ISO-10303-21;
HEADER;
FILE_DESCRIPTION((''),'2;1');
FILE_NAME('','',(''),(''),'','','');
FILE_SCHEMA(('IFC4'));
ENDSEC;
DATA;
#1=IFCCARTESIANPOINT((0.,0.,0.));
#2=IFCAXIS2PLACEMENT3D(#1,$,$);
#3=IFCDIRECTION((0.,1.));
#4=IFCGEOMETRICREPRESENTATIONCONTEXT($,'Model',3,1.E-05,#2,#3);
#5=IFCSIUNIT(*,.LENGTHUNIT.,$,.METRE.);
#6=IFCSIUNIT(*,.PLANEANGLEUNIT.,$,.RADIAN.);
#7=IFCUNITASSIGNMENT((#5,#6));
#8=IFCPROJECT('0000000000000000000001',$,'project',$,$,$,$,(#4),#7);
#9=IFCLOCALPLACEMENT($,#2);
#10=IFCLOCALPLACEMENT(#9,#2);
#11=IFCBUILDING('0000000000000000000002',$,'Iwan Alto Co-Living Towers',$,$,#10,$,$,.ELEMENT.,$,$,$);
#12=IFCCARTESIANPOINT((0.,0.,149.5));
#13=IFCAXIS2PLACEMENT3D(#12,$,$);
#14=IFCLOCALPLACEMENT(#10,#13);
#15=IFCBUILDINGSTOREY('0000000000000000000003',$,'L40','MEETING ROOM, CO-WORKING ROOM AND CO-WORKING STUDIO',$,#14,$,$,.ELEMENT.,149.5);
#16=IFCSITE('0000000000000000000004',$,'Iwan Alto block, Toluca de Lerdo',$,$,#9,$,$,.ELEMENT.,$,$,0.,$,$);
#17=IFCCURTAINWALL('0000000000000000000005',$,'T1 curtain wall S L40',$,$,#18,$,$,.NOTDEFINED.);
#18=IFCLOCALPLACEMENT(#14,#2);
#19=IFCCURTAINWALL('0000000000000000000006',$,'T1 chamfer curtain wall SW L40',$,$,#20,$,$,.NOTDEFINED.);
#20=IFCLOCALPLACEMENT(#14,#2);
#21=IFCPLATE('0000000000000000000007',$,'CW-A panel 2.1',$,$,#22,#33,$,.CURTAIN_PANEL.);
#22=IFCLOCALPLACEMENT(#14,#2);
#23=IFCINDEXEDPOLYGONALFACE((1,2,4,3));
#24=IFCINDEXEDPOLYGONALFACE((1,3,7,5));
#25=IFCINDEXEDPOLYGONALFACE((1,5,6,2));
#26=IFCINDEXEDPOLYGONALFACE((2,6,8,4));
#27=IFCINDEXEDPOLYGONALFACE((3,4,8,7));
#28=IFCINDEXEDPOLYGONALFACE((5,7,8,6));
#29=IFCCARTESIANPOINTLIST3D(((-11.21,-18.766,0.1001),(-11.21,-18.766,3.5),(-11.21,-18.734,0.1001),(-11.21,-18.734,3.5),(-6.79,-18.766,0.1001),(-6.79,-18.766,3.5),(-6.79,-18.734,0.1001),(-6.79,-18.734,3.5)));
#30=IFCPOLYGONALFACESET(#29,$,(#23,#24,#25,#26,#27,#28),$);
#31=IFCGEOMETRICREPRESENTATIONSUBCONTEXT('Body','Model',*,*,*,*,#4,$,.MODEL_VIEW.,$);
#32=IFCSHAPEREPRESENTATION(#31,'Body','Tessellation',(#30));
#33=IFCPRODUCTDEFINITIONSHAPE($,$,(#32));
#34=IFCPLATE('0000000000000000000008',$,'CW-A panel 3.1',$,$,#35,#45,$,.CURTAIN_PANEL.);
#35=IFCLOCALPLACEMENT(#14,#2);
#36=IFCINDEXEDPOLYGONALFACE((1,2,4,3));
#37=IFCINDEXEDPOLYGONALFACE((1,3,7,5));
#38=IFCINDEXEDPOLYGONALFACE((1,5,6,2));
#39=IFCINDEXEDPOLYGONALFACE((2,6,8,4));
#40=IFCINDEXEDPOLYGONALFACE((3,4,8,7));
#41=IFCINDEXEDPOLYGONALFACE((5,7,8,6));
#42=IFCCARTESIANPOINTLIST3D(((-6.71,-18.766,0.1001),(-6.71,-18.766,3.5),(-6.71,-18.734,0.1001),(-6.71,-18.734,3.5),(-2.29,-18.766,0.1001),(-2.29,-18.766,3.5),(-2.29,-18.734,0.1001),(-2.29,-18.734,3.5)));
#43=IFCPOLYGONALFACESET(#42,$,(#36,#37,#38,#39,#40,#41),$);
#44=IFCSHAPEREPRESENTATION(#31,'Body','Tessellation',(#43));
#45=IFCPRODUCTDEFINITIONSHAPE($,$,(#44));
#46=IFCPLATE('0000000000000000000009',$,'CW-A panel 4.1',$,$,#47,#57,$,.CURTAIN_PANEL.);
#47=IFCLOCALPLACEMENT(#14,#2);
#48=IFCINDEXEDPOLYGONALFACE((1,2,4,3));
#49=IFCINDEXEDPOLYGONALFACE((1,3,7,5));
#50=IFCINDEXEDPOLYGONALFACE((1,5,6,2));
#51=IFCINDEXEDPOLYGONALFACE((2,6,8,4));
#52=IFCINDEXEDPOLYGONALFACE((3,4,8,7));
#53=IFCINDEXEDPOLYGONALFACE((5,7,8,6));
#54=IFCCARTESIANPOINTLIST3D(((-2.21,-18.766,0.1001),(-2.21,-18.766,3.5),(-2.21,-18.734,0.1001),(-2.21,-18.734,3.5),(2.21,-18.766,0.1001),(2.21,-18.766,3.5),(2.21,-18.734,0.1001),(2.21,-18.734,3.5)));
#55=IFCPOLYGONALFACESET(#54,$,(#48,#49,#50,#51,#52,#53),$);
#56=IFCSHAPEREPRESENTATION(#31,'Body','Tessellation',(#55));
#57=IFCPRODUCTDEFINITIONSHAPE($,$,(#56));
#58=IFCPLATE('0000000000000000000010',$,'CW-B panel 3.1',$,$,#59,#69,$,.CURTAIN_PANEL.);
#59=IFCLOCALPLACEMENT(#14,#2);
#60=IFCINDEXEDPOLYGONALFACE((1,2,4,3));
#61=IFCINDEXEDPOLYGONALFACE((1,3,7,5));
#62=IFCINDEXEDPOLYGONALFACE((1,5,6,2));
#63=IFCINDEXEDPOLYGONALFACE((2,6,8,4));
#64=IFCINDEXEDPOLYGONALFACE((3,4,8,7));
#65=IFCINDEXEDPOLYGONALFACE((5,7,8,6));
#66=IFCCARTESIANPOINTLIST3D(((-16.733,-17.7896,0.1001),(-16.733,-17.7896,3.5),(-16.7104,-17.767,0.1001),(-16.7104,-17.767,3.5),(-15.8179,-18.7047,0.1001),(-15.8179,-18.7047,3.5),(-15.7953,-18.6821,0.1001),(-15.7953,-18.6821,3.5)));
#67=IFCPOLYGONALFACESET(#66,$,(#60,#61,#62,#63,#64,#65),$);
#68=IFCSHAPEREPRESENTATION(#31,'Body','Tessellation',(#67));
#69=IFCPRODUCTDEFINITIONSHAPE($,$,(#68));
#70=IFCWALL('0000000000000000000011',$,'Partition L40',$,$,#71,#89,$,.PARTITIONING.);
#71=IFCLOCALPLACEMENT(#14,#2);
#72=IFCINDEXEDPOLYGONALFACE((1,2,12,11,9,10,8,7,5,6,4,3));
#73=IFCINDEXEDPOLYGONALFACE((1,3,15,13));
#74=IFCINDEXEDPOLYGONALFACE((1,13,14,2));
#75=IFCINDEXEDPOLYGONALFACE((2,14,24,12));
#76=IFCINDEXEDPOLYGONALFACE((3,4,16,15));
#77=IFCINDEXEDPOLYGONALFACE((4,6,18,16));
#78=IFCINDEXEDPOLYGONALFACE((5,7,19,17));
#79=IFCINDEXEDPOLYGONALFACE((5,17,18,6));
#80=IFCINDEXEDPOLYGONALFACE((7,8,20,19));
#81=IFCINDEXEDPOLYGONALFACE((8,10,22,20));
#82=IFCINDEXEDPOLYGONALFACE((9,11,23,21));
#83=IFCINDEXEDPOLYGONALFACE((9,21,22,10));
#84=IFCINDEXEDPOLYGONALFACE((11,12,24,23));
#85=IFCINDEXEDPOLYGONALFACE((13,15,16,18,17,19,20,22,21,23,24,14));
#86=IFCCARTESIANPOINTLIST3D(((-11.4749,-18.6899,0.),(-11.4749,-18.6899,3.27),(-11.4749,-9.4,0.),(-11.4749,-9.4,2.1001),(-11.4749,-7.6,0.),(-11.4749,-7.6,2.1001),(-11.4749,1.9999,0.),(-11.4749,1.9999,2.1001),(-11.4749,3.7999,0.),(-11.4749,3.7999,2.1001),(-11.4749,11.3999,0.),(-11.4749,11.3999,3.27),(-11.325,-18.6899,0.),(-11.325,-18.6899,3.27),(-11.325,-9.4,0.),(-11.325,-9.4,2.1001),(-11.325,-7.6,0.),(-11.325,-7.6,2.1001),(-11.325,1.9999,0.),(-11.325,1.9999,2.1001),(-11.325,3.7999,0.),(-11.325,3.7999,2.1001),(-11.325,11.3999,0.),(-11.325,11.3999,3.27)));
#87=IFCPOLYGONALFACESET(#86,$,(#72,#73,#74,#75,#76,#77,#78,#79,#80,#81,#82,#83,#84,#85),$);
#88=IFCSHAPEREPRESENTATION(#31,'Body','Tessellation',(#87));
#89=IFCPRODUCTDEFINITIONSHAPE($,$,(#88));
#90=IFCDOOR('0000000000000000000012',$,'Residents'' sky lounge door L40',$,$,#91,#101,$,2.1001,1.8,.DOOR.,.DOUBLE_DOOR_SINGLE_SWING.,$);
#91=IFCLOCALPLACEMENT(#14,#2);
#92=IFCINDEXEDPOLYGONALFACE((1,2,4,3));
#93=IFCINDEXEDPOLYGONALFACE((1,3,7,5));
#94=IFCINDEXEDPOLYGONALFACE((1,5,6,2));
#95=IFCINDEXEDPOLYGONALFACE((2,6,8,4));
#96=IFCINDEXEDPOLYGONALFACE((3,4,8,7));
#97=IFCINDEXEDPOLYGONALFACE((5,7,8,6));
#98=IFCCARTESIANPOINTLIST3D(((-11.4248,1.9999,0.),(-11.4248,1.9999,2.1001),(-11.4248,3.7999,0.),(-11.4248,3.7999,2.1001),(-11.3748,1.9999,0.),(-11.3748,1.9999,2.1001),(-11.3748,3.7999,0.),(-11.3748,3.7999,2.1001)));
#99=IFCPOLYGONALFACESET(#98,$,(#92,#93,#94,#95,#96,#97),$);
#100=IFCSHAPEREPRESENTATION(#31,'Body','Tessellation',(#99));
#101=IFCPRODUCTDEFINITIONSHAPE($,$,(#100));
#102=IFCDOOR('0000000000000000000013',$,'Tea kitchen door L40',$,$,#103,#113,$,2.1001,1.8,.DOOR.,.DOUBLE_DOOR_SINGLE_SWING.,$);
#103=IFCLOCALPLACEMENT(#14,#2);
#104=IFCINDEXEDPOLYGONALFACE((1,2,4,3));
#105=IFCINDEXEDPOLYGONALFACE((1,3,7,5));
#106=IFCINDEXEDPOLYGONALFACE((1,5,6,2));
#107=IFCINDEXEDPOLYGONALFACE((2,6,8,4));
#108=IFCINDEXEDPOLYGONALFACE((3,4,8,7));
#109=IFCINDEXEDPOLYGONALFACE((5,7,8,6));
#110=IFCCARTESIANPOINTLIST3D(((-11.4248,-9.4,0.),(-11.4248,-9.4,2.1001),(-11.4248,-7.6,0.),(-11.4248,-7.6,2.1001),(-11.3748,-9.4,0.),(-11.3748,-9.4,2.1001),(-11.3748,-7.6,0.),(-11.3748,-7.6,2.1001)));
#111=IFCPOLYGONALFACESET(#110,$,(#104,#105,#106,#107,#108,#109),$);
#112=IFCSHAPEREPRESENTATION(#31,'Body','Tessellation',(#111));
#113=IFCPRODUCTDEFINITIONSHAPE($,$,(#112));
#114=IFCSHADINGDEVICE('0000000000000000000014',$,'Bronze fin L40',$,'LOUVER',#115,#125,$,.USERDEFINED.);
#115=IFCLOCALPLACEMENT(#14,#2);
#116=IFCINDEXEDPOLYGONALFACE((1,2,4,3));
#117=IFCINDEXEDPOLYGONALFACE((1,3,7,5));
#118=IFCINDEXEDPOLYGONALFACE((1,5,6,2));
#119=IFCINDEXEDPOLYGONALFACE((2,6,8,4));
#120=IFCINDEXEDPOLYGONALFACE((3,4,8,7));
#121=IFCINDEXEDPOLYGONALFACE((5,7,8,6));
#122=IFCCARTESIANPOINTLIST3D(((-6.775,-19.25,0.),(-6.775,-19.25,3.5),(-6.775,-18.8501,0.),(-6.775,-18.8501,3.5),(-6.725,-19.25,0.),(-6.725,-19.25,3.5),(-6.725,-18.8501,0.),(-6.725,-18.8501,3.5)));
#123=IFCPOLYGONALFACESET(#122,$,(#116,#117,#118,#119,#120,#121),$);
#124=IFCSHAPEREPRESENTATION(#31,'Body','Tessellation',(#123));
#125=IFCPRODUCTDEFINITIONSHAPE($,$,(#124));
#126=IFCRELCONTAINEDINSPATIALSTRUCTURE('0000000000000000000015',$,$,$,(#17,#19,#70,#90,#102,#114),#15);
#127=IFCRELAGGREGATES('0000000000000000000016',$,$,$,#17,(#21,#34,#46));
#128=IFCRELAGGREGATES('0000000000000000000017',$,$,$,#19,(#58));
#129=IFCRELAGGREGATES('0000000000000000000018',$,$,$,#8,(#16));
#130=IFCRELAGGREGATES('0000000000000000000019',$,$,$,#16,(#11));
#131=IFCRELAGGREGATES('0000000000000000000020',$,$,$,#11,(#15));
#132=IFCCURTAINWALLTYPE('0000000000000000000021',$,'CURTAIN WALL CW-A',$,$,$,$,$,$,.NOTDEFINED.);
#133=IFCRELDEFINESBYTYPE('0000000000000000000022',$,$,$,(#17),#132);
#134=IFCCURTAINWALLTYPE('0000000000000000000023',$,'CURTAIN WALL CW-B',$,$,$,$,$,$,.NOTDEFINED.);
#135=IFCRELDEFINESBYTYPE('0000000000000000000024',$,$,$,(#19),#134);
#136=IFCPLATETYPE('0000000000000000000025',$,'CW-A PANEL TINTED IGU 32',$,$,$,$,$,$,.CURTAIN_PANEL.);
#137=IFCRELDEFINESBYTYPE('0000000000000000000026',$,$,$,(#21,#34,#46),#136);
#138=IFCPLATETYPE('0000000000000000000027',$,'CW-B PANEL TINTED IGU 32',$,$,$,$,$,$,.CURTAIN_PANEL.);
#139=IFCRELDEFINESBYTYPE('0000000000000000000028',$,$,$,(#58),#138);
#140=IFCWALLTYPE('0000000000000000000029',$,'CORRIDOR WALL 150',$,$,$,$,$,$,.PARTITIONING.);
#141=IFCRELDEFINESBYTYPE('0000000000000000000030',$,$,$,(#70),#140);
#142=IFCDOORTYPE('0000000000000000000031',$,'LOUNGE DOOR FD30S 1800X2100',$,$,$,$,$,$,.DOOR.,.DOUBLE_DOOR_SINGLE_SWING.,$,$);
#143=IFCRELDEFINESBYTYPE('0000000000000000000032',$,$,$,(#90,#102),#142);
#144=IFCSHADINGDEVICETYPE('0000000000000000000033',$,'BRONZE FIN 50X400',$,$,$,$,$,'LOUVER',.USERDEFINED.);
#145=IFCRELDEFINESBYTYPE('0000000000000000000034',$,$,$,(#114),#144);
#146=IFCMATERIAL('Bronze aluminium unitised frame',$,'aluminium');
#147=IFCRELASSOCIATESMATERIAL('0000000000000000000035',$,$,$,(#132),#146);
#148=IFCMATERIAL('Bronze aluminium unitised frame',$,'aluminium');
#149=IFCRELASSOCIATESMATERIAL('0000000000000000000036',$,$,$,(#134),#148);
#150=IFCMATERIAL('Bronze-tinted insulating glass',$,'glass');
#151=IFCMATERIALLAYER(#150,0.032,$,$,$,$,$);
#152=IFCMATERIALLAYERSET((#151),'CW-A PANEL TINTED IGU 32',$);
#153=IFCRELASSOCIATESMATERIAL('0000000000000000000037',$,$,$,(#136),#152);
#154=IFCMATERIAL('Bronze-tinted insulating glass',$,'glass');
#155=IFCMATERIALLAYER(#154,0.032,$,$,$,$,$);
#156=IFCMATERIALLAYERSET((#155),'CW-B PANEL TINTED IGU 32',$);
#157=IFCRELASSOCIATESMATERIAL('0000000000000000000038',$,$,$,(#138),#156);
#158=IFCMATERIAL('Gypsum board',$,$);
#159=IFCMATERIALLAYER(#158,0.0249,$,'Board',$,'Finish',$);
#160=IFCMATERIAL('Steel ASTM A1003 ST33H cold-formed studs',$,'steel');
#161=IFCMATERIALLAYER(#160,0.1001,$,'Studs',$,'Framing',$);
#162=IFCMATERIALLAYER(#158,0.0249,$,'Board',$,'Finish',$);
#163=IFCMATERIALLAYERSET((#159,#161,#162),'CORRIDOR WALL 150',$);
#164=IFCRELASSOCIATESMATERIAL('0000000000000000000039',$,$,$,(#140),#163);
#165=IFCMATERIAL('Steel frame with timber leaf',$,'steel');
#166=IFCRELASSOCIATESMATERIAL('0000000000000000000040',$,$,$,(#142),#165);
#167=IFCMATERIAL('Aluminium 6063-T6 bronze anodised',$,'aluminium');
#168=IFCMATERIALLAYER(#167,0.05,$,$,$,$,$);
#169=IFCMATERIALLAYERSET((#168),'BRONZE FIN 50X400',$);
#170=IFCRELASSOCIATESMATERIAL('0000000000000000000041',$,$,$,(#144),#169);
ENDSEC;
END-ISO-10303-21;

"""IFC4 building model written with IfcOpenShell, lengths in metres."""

from ifc_helpers import new_model, si_unit, direction, frame, frame_2d, origin, origin_2d, place, context, subcontext, project, spatial, rectangle, extrude, material, layer, layer_set, type_object, element, fill, aggregate, save


model = new_model("IFC4")

# Units and contexts
model_context = context("Model", 3, precision=1e-05, world=origin(), true_north=direction((0.0, 1.0)))
body_context = subcontext(model_context, "Body", "Model", "MODEL_VIEW")
ifc_project = project(units=[si_unit("LENGTHUNIT", "METRE"), si_unit("PLANEANGLEUNIT", "RADIAN")], contexts=[model_context])

# Site, building, storey
site_placement = place(None, origin())
site = spatial("IfcSite", under=ifc_project, at=site_placement, Name="Iwan Alto block, Toluca de Lerdo", CompositionType="ELEMENT", RefElevation=0.0)
building_placement = place(site_placement, origin())
building = spatial("IfcBuilding", under=site, at=building_placement, Name="Iwan Alto Co-Living Towers", CompositionType="ELEMENT")
storey_placement = place(building_placement, frame((0.0, 0.0, 149.5)))
storey = spatial("IfcBuildingStorey", under=building, at=storey_placement, Name="L40", Description="MEETING ROOM, CO-WORKING ROOM AND CO-WORKING STUDIO", CompositionType="ELEMENT", Elevation=149.5)

# Curtain wall
ifc_material_1 = material(Name="Bronze aluminium unitised frame", Category="aluminium")
curtain_wall_type_1 = type_object("IfcCurtainWallType", Name="CURTAIN WALL CW-A", PredefinedType="NOTDEFINED", material=ifc_material_1)
curtain_wall_1_placement = place(storey_placement, origin())
curtain_wall_1 = element("IfcCurtainWall", 1, at=curtain_wall_1_placement, inside=storey, type_object=curtain_wall_type_1, Name="T1 curtain wall S L40", PredefinedType="NOTDEFINED")

# Curtain wall
ifc_material_2 = material(Name="Bronze aluminium unitised frame", Category="aluminium")
curtain_wall_type_2 = type_object("IfcCurtainWallType", Name="CURTAIN WALL CW-B", PredefinedType="NOTDEFINED", material=ifc_material_2)
curtain_wall_2_placement = place(storey_placement, origin())
curtain_wall_2 = element("IfcCurtainWall", 2, at=curtain_wall_2_placement, inside=storey, type_object=curtain_wall_type_2, Name="T1 chamfer curtain wall SW L40", PredefinedType="NOTDEFINED")

# Plates
ifc_material_3 = material(Name="Bronze-tinted insulating glass", Category="glass")
ifc_layer_1 = layer(ifc_material_3, 0.032)
ifc_layer_set_1 = layer_set([ifc_layer_1], Name="CW-A PANEL TINTED IGU 32")
plate_type_1 = type_object("IfcPlateType", Name="CW-A PANEL TINTED IGU 32", PredefinedType="CURTAIN_PANEL", material=ifc_layer_set_1)
plate_1_placement = place(storey_placement, frame((-9.0, -18.75, 0.1001), z_axis=(0.0, 0.0, 1.0), x_axis=(1.0, 0.0, 0.0)))
plate_1 = element("IfcPlate", 3, at=plate_1_placement, type_object=plate_type_1, Name="CW-A panel 2.1", PredefinedType="CURTAIN_PANEL", context=body_context, shape_type="SweptSolid", body=[
    extrude(rectangle(XDim=4.4199, YDim=0.032, at=origin_2d()), origin(), (0.0, 0.0, 1.0), 3.3999),
])
plate_2_placement = place(storey_placement, frame((-4.5, -18.75, 0.1001), z_axis=(0.0, 0.0, 1.0), x_axis=(1.0, 0.0, 0.0)))
plate_2 = element("IfcPlate", 4, at=plate_2_placement, type_object=plate_type_1, Name="CW-A panel 3.1", PredefinedType="CURTAIN_PANEL", context=body_context, shape_type="SweptSolid", body=[
    extrude(rectangle(XDim=4.4199, YDim=0.032, at=origin_2d()), origin(), (0.0, 0.0, 1.0), 3.3999),
])
plate_3_placement = place(storey_placement, frame((0.0, -18.75, 0.1001), z_axis=(0.0, 0.0, 1.0), x_axis=(1.0, 0.0, 0.0)))
plate_3 = element("IfcPlate", 5, at=plate_3_placement, type_object=plate_type_1, Name="CW-A panel 4.1", PredefinedType="CURTAIN_PANEL", context=body_context, shape_type="SweptSolid", body=[
    extrude(rectangle(XDim=4.4199, YDim=0.032, at=origin_2d()), origin(), (0.0, 0.0, 1.0), 3.3999),
])
aggregate(curtain_wall_1, [plate_1, plate_2, plate_3])
ifc_material_4 = material(Name="Bronze-tinted insulating glass", Category="glass")
ifc_layer_2 = layer(ifc_material_4, 0.032)
ifc_layer_set_2 = layer_set([ifc_layer_2], Name="CW-B PANEL TINTED IGU 32")
plate_type_2 = type_object("IfcPlateType", Name="CW-B PANEL TINTED IGU 32", PredefinedType="CURTAIN_PANEL", material=ifc_layer_set_2)
plate_4_placement = place(storey_placement, frame((-16.2642, -18.2358, 0.1001), z_axis=(0.0, 0.0, 1.0), x_axis=(0.707107, -0.707107, 0.0)))
plate_4 = element("IfcPlate", 6, at=plate_4_placement, type_object=plate_type_2, Name="CW-B panel 3.1", PredefinedType="CURTAIN_PANEL", context=body_context, shape_type="SweptSolid", body=[
    extrude(rectangle(XDim=1.2942, YDim=0.032, at=origin_2d()), origin(), (0.0, 0.0, 1.0), 3.3999),
])
aggregate(curtain_wall_2, [plate_4])

# Wall, openings, doors
ifc_material_5 = material(Name="Gypsum board")
ifc_layer_3 = layer(ifc_material_5, 0.0249, Name="Board", Category="Finish")
ifc_material_6 = material(Name="Steel ASTM A1003 ST33H cold-formed studs", Category="steel")
ifc_layer_4 = layer(ifc_material_6, 0.1001, Name="Studs", Category="Framing")
ifc_layer_5 = layer(ifc_material_5, 0.0249, Name="Board", Category="Finish")
ifc_layer_set_3 = layer_set([ifc_layer_3, ifc_layer_4, ifc_layer_5], Name="CORRIDOR WALL 150")
wall_type = type_object("IfcWallType", Name="CORRIDOR WALL 150", PredefinedType="PARTITIONING", material=ifc_layer_set_3)
wall_placement = place(storey_placement, frame((-11.3999, -18.6899, 0.0), z_axis=(0.0, 0.0, 1.0), x_axis=(0.0, 1.0, 0.0)))
wall = element("IfcWall", 7, at=wall_placement, inside=storey, type_object=wall_type, Name="Partition L40", PredefinedType="PARTITIONING", context=body_context, shape_type="SweptSolid", body=[
    extrude(rectangle(XDim=30.0898, YDim=0.1499, at=frame_2d((15.0449, 0.0))), origin(), (0.0, 0.0, 1.0), 3.27),
])
opening_1_placement = place(wall_placement, frame((20.6899, 0.0, 0.0)))
opening_1 = element("IfcOpeningElement", 8, at=opening_1_placement, cuts=wall, PredefinedType="OPENING", context=body_context, shape_type="SweptSolid", body=[
    extrude(rectangle(XDim=1.8, YDim=2.1001, at=frame_2d((0.8999, 1.05))), frame((0.0, 0.085, 0.0), z_axis=(0.0, -1.0, 0.0), x_axis=(1.0, 0.0, 0.0)), (0.0, 0.0, 1.0), 0.1699),
])
opening_2_placement = place(wall_placement, frame((9.29, 0.0, 0.0)))
opening_2 = element("IfcOpeningElement", 9, at=opening_2_placement, cuts=wall, PredefinedType="OPENING", context=body_context, shape_type="SweptSolid", body=[
    extrude(rectangle(XDim=1.8, YDim=2.1001, at=frame_2d((0.8999, 1.05))), frame((0.0, 0.085, 0.0), z_axis=(0.0, -1.0, 0.0), x_axis=(1.0, 0.0, 0.0)), (0.0, 0.0, 1.0), 0.1699),
])
ifc_material_7 = material(Name="Steel frame with timber leaf", Category="steel")
door_type = type_object("IfcDoorType", Name="LOUNGE DOOR FD30S 1800X2100", OperationType="DOUBLE_DOOR_SINGLE_SWING", PredefinedType="DOOR", material=ifc_material_7)
door_1_placement = place(opening_1_placement, origin())
door_1 = element("IfcDoor", 10, at=door_1_placement, inside=storey, type_object=door_type, Name="Residents' sky lounge door L40", OperationType="DOUBLE_DOOR_SINGLE_SWING", OverallHeight=2.1001, OverallWidth=1.8, PredefinedType="DOOR", context=body_context, shape_type="SweptSolid", body=[
    extrude(rectangle(XDim=1.8, YDim=2.1001, at=frame_2d((0.8999, 1.05))), frame((0.0, 0.0249, 0.0), z_axis=(0.0, -1.0, 0.0), x_axis=(1.0, 0.0, 0.0)), (0.0, 0.0, 1.0), 0.05),
])
fill(opening_1, door_1)
door_2_placement = place(opening_2_placement, origin())
door_2 = element("IfcDoor", 11, at=door_2_placement, inside=storey, type_object=door_type, Name="Tea kitchen door L40", OperationType="DOUBLE_DOOR_SINGLE_SWING", OverallHeight=2.1001, OverallWidth=1.8, PredefinedType="DOOR", context=body_context, shape_type="SweptSolid", body=[
    extrude(rectangle(XDim=1.8, YDim=2.1001, at=frame_2d((0.8999, 1.05))), frame((0.0, 0.0249, 0.0), z_axis=(0.0, -1.0, 0.0), x_axis=(1.0, 0.0, 0.0)), (0.0, 0.0, 1.0), 0.05),
])
fill(opening_2, door_2)

# Shading device
ifc_material_8 = material(Name="Aluminium 6063-T6 bronze anodised", Category="aluminium")
ifc_layer_6 = layer(ifc_material_8, 0.05)
ifc_layer_set_4 = layer_set([ifc_layer_6], Name="BRONZE FIN 50X400")
shading_device_type = type_object("IfcShadingDeviceType", Name="BRONZE FIN 50X400", ElementType="LOUVER", PredefinedType="USERDEFINED", material=ifc_layer_set_4)
shading_device_placement = place(storey_placement, frame((-6.75, -19.05, 0.0), z_axis=(0.0, 0.0, 1.0), x_axis=(1.0, 0.0, 0.0)))
element("IfcShadingDevice", 12, at=shading_device_placement, inside=storey, type_object=shading_device_type, Name="Bronze fin L40", ObjectType="LOUVER", PredefinedType="USERDEFINED", context=body_context, shape_type="SweptSolid", body=[
    extrude(rectangle(XDim=0.05, YDim=0.3999, at=origin_2d()), origin(), (0.0, 0.0, 1.0), 3.5),
])

save(model, "model.ifc")
